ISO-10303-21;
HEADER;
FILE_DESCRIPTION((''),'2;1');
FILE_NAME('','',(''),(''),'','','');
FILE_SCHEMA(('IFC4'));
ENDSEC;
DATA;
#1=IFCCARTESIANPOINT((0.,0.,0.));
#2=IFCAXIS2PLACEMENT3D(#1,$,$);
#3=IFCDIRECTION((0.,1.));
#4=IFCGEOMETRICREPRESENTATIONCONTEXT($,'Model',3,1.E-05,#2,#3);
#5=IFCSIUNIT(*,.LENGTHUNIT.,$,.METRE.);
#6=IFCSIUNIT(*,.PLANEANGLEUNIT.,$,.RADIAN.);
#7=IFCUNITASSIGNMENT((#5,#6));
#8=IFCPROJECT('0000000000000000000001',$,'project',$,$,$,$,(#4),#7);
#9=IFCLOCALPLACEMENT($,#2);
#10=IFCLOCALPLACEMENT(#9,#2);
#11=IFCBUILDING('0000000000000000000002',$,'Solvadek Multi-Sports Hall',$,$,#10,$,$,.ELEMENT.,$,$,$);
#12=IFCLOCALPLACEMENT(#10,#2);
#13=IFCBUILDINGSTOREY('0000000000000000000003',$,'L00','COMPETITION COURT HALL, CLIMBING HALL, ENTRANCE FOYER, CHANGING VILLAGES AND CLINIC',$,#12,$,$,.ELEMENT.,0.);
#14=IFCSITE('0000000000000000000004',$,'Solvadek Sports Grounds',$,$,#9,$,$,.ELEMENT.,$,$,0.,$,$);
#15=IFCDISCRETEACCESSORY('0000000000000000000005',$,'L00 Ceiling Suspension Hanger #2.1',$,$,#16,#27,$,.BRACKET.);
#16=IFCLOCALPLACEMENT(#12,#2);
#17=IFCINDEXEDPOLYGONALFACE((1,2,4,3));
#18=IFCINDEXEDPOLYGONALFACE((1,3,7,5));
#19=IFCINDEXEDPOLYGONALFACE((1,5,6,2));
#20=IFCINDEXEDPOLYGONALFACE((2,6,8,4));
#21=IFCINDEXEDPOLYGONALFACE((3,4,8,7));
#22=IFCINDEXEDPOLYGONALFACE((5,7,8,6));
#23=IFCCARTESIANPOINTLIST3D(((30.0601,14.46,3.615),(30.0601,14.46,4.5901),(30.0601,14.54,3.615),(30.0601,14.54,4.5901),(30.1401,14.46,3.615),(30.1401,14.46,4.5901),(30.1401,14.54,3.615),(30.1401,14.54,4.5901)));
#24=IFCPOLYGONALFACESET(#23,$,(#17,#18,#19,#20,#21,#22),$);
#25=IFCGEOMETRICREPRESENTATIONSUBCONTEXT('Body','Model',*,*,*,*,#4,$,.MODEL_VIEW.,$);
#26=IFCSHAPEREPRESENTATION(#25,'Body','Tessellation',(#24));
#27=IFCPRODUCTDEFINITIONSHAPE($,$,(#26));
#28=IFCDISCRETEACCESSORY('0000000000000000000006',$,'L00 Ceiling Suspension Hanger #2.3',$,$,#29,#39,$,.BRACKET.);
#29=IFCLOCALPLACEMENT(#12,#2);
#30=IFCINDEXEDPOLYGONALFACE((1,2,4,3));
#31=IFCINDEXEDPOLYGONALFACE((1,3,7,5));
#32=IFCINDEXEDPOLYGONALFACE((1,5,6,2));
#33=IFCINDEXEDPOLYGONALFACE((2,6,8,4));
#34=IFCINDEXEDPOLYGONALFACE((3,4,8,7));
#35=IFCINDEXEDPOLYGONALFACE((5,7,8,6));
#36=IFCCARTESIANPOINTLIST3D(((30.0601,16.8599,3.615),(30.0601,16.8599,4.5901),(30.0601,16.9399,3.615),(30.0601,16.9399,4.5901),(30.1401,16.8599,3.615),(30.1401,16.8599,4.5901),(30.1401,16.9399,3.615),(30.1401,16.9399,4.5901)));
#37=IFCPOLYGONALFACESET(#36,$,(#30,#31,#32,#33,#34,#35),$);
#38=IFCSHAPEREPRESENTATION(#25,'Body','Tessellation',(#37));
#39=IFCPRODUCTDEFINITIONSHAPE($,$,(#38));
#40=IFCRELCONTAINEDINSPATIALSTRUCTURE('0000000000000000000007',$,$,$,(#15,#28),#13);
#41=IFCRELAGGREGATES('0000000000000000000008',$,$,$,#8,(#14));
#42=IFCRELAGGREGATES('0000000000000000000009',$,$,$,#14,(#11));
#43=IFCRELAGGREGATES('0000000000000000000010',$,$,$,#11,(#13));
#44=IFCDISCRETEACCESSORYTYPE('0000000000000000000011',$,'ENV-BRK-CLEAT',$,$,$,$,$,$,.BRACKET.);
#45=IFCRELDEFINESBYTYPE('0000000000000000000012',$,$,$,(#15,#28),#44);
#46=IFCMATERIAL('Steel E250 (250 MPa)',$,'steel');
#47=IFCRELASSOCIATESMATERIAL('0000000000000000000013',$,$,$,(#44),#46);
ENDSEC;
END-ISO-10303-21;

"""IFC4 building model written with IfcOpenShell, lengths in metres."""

from ifc_helpers import new_model, si_unit, direction, frame, origin, origin_2d, place, context, subcontext, project, spatial, rectangle, extrude, material, type_object, element, save


model = new_model("IFC4")

# Units and contexts
model_context = context("Model", 3, precision=1e-05, world=origin(), true_north=direction((0.0, 1.0)))
body_context = subcontext(model_context, "Body", "Model", "MODEL_VIEW")
ifc_project = project(units=[si_unit("LENGTHUNIT", "METRE"), si_unit("PLANEANGLEUNIT", "RADIAN")], contexts=[model_context])

# Site, building, storey
site_placement = place(None, origin())
site = spatial("IfcSite", under=ifc_project, at=site_placement, Name="Solvadek Sports Grounds", CompositionType="ELEMENT", RefElevation=0.0)
building_placement = place(site_placement, origin())
building = spatial("IfcBuilding", under=site, at=building_placement, Name="Solvadek Multi-Sports Hall", CompositionType="ELEMENT")
storey_placement = place(building_placement, origin())
storey = spatial("IfcBuildingStorey", under=building, at=storey_placement, Name="L00", Description="COMPETITION COURT HALL, CLIMBING HALL, ENTRANCE FOYER, CHANGING VILLAGES AND CLINIC", CompositionType="ELEMENT", Elevation=0.0)

# Discrete accessories
ifc_material_1 = material(Name="Steel E250 (250 MPa)", Category="steel")
discrete_accessory_type = type_object("IfcDiscreteAccessoryType", Name="ENV-BRK-CLEAT", PredefinedType="BRACKET", material=ifc_material_1)
for number, where, z_axis, x_axis, name in (
    (1, (30.1001, 14.5, 3.615), (0.0, 0.0, 1.0), (1.0, 0.0, 0.0), "L00 Ceiling Suspension Hanger #2.1"),
    (2, (30.1001, 16.8999, 3.615), (0.0, 0.0, 1.0), (1.0, 0.0, 0.0), "L00 Ceiling Suspension Hanger #2.3"),
):
    element("IfcDiscreteAccessory", number, at=place(storey_placement, frame(where, z_axis=z_axis, x_axis=x_axis)), inside=storey, type_object=discrete_accessory_type, Name=name, PredefinedType="BRACKET", context=body_context, shape_type="SweptSolid", body=[
        extrude(rectangle(XDim=0.0801, YDim=0.0801, at=origin_2d()), origin(), (0.0, 0.0, 1.0), 0.9751),
    ])

save(model, "model.ifc")
